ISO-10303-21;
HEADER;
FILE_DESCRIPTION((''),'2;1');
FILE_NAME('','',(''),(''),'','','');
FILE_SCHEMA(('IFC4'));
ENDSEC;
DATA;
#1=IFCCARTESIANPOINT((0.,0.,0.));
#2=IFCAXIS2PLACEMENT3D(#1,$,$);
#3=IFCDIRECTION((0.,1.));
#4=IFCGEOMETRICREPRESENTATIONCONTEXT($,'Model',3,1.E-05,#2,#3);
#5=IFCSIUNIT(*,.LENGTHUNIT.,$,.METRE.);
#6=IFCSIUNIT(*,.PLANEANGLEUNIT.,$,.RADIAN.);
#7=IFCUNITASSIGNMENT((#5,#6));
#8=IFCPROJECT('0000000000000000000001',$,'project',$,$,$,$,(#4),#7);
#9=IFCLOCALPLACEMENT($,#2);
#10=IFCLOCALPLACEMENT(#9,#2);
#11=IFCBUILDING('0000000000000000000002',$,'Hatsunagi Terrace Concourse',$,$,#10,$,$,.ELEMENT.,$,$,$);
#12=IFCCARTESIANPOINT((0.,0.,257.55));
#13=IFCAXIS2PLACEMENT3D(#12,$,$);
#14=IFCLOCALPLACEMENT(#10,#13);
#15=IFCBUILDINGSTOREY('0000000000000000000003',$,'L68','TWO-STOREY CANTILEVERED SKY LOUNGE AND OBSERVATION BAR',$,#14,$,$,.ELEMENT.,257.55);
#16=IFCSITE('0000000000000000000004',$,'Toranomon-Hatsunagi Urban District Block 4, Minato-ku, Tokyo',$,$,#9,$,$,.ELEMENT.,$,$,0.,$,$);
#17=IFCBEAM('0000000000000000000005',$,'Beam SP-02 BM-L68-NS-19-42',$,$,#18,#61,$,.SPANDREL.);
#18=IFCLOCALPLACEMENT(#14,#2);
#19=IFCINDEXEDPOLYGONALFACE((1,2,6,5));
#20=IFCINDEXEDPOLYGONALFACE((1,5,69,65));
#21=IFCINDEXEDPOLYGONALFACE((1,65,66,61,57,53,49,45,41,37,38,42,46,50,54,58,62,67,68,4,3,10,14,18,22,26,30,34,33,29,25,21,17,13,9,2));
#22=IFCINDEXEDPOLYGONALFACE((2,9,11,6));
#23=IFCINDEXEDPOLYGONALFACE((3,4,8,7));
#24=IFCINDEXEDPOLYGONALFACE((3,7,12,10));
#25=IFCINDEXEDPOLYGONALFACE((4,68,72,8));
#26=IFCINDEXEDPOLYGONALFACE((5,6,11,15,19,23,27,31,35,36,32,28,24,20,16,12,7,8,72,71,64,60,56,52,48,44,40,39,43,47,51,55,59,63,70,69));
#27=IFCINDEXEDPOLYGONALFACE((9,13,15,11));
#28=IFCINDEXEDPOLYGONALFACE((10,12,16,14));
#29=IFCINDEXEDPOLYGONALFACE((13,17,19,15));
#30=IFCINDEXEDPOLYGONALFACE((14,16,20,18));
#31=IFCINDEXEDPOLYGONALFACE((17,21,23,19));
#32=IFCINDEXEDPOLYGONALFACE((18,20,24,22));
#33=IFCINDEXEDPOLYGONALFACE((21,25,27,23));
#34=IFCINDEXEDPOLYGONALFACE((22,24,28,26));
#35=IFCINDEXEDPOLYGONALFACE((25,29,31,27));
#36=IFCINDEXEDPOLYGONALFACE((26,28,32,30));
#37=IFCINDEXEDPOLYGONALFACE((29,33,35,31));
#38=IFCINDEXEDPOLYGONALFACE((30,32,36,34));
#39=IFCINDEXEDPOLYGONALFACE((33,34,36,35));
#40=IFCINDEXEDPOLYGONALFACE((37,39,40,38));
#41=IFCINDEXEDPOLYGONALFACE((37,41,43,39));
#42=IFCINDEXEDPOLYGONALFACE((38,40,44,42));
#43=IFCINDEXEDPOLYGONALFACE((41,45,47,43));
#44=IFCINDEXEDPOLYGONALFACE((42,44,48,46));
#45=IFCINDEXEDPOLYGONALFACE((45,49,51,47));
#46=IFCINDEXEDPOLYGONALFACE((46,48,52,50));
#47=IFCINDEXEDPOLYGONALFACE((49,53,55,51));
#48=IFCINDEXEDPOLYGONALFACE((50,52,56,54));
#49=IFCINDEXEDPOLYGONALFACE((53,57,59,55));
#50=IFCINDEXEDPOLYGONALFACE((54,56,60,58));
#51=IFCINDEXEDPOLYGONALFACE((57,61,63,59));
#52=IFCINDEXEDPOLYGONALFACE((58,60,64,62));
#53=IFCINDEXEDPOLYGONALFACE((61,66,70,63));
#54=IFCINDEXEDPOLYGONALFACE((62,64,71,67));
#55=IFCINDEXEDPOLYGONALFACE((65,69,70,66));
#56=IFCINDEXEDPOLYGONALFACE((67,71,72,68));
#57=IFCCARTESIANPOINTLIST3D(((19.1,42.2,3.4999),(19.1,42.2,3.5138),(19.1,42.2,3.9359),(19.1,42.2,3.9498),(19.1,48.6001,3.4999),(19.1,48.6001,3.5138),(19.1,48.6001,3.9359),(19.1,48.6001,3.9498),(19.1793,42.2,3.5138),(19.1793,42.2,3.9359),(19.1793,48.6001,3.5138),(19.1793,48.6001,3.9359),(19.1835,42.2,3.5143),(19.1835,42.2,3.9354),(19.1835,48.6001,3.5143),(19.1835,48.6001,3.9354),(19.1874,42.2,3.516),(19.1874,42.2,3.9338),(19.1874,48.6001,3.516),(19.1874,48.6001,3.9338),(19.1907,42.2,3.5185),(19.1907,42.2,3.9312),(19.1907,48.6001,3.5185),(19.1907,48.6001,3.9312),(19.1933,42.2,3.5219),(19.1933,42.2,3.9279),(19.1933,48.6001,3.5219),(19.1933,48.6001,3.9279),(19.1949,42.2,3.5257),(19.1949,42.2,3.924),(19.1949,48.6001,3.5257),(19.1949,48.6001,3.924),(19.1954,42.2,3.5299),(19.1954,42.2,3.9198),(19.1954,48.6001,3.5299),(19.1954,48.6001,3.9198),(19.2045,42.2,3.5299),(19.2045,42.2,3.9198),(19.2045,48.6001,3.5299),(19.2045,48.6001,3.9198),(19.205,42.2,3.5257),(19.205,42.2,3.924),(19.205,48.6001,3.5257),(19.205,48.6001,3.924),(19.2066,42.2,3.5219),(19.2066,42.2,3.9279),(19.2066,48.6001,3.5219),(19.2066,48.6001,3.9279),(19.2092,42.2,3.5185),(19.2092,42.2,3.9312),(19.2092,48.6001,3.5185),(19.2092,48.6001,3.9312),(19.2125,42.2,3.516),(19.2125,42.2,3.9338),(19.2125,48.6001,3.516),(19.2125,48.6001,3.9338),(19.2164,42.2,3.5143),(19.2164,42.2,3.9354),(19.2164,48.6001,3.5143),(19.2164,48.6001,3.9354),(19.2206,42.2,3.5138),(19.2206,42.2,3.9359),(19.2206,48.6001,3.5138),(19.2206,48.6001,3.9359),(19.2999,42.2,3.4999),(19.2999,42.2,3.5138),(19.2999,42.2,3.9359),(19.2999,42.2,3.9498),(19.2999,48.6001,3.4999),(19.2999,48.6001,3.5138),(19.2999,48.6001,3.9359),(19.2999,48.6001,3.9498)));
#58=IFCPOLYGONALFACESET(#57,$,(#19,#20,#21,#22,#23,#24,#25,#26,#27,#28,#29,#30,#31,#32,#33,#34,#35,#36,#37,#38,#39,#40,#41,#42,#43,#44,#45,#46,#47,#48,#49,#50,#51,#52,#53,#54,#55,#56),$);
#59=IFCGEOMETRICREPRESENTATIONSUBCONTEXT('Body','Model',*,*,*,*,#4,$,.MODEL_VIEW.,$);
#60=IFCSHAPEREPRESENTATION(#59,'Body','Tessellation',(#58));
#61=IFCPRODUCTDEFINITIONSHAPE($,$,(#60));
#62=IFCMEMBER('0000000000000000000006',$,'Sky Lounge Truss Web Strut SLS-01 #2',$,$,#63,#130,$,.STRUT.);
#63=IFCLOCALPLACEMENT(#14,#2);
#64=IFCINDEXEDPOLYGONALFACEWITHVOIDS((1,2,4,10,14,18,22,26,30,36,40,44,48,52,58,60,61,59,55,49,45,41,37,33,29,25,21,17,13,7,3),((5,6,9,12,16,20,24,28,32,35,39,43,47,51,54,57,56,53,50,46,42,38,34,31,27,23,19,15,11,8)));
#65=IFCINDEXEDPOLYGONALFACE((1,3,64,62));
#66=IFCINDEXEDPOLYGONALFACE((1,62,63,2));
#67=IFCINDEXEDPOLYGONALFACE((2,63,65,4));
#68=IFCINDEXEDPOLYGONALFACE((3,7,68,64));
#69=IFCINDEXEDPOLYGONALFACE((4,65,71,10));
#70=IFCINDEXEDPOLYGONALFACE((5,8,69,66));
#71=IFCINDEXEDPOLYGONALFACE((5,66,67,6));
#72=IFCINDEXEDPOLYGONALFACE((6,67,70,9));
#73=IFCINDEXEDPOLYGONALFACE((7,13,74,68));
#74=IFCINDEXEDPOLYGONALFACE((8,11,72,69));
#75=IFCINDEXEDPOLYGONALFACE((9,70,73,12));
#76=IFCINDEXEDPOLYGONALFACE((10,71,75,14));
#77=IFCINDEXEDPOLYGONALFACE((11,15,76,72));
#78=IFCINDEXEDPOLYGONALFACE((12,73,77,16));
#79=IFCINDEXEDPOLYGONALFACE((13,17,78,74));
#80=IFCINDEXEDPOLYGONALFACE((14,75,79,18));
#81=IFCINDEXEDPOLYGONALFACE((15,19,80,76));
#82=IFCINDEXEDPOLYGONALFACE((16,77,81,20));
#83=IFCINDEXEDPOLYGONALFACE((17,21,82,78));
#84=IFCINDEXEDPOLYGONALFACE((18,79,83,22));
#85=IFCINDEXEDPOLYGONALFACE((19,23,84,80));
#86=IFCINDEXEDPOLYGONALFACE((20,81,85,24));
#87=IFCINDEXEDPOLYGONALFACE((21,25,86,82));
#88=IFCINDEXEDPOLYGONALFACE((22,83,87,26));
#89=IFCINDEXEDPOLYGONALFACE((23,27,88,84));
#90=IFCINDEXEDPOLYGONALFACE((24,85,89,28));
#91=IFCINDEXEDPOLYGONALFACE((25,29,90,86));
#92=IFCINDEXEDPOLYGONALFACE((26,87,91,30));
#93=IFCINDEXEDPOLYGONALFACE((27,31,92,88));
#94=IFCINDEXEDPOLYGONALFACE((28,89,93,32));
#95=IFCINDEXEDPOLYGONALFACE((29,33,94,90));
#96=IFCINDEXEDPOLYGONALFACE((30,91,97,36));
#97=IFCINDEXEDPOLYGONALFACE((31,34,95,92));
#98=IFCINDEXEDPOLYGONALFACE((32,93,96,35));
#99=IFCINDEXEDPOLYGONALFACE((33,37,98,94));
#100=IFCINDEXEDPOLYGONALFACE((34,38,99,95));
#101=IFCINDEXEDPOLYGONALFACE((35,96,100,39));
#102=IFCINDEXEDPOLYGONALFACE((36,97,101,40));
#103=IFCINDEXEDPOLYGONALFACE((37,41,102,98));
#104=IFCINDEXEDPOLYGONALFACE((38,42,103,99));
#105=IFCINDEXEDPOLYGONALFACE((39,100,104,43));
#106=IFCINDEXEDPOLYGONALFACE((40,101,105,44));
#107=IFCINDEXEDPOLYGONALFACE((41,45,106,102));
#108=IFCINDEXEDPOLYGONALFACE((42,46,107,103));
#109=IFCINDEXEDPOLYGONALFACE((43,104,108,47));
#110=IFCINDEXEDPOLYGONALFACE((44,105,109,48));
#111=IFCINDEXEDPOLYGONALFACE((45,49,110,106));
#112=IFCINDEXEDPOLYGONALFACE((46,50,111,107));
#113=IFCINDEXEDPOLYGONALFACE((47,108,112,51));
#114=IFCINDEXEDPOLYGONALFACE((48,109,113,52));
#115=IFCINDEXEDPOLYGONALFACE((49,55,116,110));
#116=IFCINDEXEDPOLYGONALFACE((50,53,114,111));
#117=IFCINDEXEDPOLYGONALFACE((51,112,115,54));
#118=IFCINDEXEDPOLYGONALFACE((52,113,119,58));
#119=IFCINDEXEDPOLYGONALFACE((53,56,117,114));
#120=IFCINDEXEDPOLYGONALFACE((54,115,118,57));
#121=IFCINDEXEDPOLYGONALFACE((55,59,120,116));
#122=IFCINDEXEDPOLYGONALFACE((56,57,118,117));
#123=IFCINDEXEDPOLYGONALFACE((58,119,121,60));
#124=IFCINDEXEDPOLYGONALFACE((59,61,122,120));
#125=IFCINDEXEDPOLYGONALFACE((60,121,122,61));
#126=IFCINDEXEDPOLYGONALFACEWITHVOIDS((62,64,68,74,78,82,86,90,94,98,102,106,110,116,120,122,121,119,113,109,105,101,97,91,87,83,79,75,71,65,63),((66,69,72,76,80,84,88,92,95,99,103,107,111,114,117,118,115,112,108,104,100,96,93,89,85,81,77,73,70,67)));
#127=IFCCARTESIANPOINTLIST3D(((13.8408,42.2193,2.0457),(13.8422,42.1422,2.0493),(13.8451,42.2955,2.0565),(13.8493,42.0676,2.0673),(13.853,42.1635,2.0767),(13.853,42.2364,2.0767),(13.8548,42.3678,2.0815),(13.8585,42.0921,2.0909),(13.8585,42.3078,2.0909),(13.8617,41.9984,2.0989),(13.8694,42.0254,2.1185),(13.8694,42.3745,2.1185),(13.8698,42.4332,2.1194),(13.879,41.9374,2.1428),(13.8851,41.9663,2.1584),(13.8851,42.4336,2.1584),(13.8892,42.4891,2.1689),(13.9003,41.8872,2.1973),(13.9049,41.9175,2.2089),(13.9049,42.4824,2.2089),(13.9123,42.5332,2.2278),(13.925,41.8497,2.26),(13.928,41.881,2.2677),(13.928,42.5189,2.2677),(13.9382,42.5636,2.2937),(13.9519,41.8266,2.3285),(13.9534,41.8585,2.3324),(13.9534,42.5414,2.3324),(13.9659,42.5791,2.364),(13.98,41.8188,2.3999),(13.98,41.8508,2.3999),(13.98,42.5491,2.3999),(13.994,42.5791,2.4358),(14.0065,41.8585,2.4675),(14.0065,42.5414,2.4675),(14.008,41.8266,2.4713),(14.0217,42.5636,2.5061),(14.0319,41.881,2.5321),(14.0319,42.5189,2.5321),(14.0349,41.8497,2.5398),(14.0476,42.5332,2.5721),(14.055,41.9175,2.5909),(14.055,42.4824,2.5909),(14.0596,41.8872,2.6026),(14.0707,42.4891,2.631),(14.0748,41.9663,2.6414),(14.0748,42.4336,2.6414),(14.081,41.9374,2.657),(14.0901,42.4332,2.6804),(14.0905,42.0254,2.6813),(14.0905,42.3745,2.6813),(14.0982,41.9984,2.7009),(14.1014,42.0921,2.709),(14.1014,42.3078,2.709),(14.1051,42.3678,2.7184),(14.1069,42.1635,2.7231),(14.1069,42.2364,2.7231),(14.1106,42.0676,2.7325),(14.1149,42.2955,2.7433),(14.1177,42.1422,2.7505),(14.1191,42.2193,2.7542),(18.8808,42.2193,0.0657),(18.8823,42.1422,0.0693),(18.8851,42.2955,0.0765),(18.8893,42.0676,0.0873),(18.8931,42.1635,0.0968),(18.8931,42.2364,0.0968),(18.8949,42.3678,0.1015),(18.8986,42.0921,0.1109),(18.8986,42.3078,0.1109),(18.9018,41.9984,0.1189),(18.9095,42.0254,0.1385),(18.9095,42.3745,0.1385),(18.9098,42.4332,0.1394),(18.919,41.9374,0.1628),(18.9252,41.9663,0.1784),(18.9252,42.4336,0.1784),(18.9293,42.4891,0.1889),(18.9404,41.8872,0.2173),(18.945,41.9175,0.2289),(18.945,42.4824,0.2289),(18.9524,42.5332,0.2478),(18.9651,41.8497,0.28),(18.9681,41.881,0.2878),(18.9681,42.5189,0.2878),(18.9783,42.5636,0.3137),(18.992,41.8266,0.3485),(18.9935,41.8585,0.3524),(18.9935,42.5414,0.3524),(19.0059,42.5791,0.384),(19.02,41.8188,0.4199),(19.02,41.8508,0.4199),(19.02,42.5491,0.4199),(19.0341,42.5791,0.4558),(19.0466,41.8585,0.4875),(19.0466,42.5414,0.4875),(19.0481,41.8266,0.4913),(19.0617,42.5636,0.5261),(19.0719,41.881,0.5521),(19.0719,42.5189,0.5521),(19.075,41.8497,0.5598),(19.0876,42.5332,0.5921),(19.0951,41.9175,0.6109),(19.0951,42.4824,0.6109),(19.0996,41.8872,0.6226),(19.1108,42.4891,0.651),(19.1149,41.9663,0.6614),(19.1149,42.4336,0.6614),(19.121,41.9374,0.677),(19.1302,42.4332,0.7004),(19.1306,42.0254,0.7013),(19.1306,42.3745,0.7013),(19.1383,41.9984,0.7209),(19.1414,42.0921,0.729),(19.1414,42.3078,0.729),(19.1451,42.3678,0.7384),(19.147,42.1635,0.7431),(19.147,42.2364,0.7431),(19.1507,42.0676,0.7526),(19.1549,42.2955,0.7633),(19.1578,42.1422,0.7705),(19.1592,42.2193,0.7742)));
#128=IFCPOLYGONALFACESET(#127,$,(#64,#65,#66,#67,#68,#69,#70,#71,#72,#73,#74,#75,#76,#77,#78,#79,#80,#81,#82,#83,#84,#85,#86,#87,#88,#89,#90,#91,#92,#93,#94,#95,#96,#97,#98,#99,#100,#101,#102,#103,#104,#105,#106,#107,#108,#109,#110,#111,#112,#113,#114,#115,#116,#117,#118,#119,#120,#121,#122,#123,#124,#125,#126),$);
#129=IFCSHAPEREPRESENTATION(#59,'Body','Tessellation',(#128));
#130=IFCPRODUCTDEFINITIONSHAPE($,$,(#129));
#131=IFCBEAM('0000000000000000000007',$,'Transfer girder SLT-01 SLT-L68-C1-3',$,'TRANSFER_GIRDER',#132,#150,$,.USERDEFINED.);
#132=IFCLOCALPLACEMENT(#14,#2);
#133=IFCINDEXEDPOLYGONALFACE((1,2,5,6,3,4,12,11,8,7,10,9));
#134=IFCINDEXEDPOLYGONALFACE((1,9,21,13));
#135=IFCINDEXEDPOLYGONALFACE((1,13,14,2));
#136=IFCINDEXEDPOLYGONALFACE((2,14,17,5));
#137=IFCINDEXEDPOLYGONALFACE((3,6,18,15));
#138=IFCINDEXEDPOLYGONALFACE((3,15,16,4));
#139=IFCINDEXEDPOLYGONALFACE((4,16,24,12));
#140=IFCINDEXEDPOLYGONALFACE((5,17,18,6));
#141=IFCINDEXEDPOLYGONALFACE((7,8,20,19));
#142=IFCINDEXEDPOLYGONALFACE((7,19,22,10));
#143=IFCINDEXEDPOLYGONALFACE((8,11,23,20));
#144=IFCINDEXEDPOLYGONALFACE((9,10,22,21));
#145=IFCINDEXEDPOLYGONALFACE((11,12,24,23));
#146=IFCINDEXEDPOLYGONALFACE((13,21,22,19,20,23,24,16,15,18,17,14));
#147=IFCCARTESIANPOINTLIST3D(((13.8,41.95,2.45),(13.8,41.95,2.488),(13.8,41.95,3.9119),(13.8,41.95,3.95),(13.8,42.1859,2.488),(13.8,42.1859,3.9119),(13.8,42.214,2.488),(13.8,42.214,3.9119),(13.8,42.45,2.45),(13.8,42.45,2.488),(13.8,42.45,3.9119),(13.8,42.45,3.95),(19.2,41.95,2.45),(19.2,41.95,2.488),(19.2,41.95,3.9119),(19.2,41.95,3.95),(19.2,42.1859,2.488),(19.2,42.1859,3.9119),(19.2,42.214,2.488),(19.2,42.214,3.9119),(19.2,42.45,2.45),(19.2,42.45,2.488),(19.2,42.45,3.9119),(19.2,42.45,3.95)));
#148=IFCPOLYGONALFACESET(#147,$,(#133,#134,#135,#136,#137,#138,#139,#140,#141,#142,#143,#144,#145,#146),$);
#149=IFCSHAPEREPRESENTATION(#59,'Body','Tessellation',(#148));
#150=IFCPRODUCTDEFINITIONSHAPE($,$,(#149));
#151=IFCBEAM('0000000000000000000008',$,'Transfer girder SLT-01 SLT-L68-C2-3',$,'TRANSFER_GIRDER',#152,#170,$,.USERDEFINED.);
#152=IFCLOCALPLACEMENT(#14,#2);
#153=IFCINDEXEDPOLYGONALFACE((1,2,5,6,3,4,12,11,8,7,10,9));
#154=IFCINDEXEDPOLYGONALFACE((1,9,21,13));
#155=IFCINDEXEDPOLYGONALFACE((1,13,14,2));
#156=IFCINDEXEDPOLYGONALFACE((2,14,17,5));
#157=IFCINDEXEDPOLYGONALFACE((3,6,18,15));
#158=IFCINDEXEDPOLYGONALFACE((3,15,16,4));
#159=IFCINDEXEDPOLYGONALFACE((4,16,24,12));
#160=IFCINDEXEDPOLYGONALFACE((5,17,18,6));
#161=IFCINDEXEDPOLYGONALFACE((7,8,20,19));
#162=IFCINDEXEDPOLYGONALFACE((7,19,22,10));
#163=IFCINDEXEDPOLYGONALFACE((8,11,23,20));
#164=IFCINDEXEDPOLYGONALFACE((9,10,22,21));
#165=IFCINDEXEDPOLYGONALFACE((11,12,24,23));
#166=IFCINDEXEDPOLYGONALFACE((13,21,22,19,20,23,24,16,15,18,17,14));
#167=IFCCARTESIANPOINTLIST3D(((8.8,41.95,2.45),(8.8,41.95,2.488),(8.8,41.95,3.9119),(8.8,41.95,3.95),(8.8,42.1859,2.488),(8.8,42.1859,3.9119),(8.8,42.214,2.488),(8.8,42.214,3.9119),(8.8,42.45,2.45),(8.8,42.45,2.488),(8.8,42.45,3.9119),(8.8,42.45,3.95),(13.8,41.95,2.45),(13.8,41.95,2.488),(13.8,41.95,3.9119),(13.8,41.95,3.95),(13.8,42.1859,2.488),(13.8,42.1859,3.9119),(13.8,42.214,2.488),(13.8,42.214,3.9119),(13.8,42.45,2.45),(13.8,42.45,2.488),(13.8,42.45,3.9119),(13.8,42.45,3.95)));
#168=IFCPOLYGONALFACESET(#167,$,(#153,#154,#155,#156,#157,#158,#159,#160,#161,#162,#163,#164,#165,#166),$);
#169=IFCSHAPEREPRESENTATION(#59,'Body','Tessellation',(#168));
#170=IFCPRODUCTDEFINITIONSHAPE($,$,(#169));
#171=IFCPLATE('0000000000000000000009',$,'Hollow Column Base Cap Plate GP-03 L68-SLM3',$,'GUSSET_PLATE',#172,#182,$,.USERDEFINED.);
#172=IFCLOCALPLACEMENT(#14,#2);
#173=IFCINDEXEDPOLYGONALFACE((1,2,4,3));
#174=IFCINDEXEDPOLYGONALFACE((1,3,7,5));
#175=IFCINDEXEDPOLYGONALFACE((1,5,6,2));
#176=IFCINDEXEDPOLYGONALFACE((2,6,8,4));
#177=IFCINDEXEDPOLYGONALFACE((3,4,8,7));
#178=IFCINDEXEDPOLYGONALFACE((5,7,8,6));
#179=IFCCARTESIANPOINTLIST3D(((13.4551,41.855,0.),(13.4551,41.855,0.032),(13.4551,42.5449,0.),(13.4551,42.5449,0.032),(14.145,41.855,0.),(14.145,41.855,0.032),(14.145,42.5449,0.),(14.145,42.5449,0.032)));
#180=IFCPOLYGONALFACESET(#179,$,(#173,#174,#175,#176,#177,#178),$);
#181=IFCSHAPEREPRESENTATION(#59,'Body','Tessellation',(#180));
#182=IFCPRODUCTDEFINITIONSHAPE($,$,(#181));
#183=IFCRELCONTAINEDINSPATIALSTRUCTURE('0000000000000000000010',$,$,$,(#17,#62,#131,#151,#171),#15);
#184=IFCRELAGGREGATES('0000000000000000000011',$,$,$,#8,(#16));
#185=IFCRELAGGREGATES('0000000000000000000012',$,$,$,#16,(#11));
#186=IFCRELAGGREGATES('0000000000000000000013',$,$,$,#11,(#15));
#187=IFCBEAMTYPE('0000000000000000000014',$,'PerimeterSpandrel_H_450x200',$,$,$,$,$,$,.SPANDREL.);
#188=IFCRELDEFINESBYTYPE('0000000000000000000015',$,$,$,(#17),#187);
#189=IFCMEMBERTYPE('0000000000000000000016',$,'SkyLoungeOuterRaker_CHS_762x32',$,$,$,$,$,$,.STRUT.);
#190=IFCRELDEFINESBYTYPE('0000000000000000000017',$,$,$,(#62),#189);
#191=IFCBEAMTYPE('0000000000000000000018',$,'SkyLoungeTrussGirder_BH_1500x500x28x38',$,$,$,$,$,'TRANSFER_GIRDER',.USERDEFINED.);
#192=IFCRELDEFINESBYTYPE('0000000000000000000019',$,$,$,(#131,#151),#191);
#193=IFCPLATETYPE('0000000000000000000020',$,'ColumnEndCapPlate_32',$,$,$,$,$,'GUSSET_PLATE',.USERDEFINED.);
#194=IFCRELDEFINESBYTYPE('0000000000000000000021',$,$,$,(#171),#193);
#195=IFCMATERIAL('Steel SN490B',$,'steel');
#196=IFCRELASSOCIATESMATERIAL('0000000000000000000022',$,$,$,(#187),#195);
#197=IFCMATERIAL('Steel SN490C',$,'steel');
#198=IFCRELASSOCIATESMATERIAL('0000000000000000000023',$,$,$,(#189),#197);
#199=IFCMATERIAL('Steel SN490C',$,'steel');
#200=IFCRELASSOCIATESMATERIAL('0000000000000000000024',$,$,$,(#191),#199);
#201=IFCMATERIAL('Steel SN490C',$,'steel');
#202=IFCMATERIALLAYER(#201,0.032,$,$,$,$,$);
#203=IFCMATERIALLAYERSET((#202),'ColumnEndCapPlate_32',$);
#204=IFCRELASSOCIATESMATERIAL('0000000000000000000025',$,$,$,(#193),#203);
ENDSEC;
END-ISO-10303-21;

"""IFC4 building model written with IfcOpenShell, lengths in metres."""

from ifc_helpers import new_model, si_unit, direction, frame, origin, origin_2d, place, context, subcontext, project, spatial, rectangle, hollow_circle, i_section, extrude, material, layer, layer_set, material_profile, profile_set, type_object, element, save


model = new_model("IFC4")

# Units and contexts
model_context = context("Model", 3, precision=1e-05, world=origin(), true_north=direction((0.0, 1.0)))
body_context = subcontext(model_context, "Body", "Model", "MODEL_VIEW")
ifc_project = project(units=[si_unit("LENGTHUNIT", "METRE"), si_unit("PLANEANGLEUNIT", "RADIAN")], contexts=[model_context])

# Site, building, storey
site_placement = place(None, origin())
site = spatial("IfcSite", under=ifc_project, at=site_placement, Name="Toranomon-Hatsunagi Urban District Block 4, Minato-ku, Tokyo", CompositionType="ELEMENT", RefElevation=0.0)
building_placement = place(site_placement, origin())
building = spatial("IfcBuilding", under=site, at=building_placement, Name="Hatsunagi Terrace Concourse", CompositionType="ELEMENT")
storey_placement = place(building_placement, frame((0.0, 0.0, 257.55)))
storey = spatial("IfcBuildingStorey", under=building, at=storey_placement, Name="L68", Description="TWO-STOREY CANTILEVERED SKY LOUNGE AND OBSERVATION BAR", CompositionType="ELEMENT", Elevation=257.55)

# Beam
ifc_material_1 = material(Name="Steel SN490B", Category="steel")
ifc_material_profile_1 = material_profile(ifc_material_1, i_section(OverallWidth=0.2, OverallDepth=0.45, WebThickness=0.009, FlangeThickness=0.0139, FilletRadius=0.0161, at=origin_2d()), Name="H-450x200x9x14")
ifc_profile_set_1 = profile_set([ifc_material_profile_1], Name="Steel SN490B")
beam_type_1 = type_object("IfcBeamType", Name="PerimeterSpandrel_H_450x200", PredefinedType="SPANDREL", material=ifc_profile_set_1)
beam_1_placement = place(storey_placement, frame((19.2, 42.2, 3.7249), z_axis=(0.0, 1.0, 0.0), x_axis=(-1.0, 0.0, 0.0)))
element("IfcBeam", 1, at=beam_1_placement, inside=storey, type_object=beam_type_1, Name="Beam SP-02 BM-L68-NS-19-42", PredefinedType="SPANDREL", context=body_context, shape_type="SweptSolid", body=[
    extrude(i_section(OverallWidth=0.2, OverallDepth=0.45, WebThickness=0.009, FlangeThickness=0.0139, FilletRadius=0.0161, at=origin_2d()), origin(), (0.0, 0.0, 1.0), 6.4001),
])

# Member
ifc_material_2 = material(Name="Steel SN490C", Category="steel")
ifc_material_profile_2 = material_profile(ifc_material_2, hollow_circle(Radius=0.3811, WallThickness=0.032, at=origin_2d()), Name="CHS-762x32")
ifc_profile_set_2 = profile_set([ifc_material_profile_2], Name="Steel SN490C")
member_type_1 = type_object("IfcMemberType", Name="SkyLoungeOuterRaker_CHS_762x32", PredefinedType="STRUT", material=ifc_profile_set_2)
member_1_placement = place(storey_placement, frame((19.02, 42.2, 0.4199), z_axis=(-0.930754, 0.0, 0.365647), x_axis=(0.0, -1.0, 0.0)))
element("IfcMember", 2, at=member_1_placement, inside=storey, type_object=member_type_1, Name="Sky Lounge Truss Web Strut SLS-01 #2", PredefinedType="STRUT", context=body_context, shape_type="SweptSolid", body=[
    extrude(hollow_circle(Radius=0.3811, WallThickness=0.032, at=origin_2d()), origin(), (0.0, 0.0, 1.0), 5.415),
])

# Beams
ifc_material_3 = material(Name="Steel SN490C", Category="steel")
ifc_material_profile_3 = material_profile(ifc_material_3, i_section(OverallWidth=0.5, OverallDepth=1.5, WebThickness=0.0281, FlangeThickness=0.0381, at=origin_2d()), Name="BH-1500x500x28x38")
ifc_profile_set_3 = profile_set([ifc_material_profile_3], Name="Steel SN490C")
beam_type_2 = type_object("IfcBeamType", Name="SkyLoungeTrussGirder_BH_1500x500x28x38", ElementType="TRANSFER_GIRDER", PredefinedType="USERDEFINED", material=ifc_profile_set_3)
beam_2_placement = place(storey_placement, frame((19.2, 42.2, 3.2), z_axis=(-1.0, 0.0, 0.0), x_axis=(0.0, -1.0, 0.0)))
element("IfcBeam", 3, at=beam_2_placement, inside=storey, type_object=beam_type_2, Name="Transfer girder SLT-01 SLT-L68-C1-3", ObjectType="TRANSFER_GIRDER", PredefinedType="USERDEFINED", context=body_context, shape_type="SweptSolid", body=[
    extrude(i_section(OverallWidth=0.5, OverallDepth=1.5, WebThickness=0.0281, FlangeThickness=0.0381, at=origin_2d()), origin(), (0.0, 0.0, 1.0), 5.3999),
])
beam_3_placement = place(storey_placement, frame((13.8, 42.2, 3.2), z_axis=(-1.0, 0.0, 0.0), x_axis=(0.0, -1.0, 0.0)))
element("IfcBeam", 4, at=beam_3_placement, inside=storey, type_object=beam_type_2, Name="Transfer girder SLT-01 SLT-L68-C2-3", ObjectType="TRANSFER_GIRDER", PredefinedType="USERDEFINED", context=body_context, shape_type="SweptSolid", body=[
    extrude(i_section(OverallWidth=0.5, OverallDepth=1.5, WebThickness=0.0281, FlangeThickness=0.0381, at=origin_2d()), origin(), (0.0, 0.0, 1.0), 5.0),
])

# Plate
ifc_material_4 = material(Name="Steel SN490C", Category="steel")
ifc_layer_1 = layer(ifc_material_4, 0.032)
ifc_layer_set_1 = layer_set([ifc_layer_1], Name="ColumnEndCapPlate_32")
plate_type_1 = type_object("IfcPlateType", Name="ColumnEndCapPlate_32", ElementType="GUSSET_PLATE", PredefinedType="USERDEFINED", material=ifc_layer_set_1)
plate_1_placement = place(storey_placement, frame((13.8, 42.2, 0.0), z_axis=(0.0, 0.0, 1.0), x_axis=(1.0, 0.0, 0.0)))
element("IfcPlate", 5, at=plate_1_placement, inside=storey, type_object=plate_type_1, Name="Hollow Column Base Cap Plate GP-03 L68-SLM3", ObjectType="GUSSET_PLATE", PredefinedType="USERDEFINED", context=body_context, shape_type="SweptSolid", body=[
    extrude(rectangle(XDim=0.6899, YDim=0.6899, at=origin_2d()), origin(), (0.0, 0.0, 1.0), 0.032),
])

save(model, "model.ifc")
